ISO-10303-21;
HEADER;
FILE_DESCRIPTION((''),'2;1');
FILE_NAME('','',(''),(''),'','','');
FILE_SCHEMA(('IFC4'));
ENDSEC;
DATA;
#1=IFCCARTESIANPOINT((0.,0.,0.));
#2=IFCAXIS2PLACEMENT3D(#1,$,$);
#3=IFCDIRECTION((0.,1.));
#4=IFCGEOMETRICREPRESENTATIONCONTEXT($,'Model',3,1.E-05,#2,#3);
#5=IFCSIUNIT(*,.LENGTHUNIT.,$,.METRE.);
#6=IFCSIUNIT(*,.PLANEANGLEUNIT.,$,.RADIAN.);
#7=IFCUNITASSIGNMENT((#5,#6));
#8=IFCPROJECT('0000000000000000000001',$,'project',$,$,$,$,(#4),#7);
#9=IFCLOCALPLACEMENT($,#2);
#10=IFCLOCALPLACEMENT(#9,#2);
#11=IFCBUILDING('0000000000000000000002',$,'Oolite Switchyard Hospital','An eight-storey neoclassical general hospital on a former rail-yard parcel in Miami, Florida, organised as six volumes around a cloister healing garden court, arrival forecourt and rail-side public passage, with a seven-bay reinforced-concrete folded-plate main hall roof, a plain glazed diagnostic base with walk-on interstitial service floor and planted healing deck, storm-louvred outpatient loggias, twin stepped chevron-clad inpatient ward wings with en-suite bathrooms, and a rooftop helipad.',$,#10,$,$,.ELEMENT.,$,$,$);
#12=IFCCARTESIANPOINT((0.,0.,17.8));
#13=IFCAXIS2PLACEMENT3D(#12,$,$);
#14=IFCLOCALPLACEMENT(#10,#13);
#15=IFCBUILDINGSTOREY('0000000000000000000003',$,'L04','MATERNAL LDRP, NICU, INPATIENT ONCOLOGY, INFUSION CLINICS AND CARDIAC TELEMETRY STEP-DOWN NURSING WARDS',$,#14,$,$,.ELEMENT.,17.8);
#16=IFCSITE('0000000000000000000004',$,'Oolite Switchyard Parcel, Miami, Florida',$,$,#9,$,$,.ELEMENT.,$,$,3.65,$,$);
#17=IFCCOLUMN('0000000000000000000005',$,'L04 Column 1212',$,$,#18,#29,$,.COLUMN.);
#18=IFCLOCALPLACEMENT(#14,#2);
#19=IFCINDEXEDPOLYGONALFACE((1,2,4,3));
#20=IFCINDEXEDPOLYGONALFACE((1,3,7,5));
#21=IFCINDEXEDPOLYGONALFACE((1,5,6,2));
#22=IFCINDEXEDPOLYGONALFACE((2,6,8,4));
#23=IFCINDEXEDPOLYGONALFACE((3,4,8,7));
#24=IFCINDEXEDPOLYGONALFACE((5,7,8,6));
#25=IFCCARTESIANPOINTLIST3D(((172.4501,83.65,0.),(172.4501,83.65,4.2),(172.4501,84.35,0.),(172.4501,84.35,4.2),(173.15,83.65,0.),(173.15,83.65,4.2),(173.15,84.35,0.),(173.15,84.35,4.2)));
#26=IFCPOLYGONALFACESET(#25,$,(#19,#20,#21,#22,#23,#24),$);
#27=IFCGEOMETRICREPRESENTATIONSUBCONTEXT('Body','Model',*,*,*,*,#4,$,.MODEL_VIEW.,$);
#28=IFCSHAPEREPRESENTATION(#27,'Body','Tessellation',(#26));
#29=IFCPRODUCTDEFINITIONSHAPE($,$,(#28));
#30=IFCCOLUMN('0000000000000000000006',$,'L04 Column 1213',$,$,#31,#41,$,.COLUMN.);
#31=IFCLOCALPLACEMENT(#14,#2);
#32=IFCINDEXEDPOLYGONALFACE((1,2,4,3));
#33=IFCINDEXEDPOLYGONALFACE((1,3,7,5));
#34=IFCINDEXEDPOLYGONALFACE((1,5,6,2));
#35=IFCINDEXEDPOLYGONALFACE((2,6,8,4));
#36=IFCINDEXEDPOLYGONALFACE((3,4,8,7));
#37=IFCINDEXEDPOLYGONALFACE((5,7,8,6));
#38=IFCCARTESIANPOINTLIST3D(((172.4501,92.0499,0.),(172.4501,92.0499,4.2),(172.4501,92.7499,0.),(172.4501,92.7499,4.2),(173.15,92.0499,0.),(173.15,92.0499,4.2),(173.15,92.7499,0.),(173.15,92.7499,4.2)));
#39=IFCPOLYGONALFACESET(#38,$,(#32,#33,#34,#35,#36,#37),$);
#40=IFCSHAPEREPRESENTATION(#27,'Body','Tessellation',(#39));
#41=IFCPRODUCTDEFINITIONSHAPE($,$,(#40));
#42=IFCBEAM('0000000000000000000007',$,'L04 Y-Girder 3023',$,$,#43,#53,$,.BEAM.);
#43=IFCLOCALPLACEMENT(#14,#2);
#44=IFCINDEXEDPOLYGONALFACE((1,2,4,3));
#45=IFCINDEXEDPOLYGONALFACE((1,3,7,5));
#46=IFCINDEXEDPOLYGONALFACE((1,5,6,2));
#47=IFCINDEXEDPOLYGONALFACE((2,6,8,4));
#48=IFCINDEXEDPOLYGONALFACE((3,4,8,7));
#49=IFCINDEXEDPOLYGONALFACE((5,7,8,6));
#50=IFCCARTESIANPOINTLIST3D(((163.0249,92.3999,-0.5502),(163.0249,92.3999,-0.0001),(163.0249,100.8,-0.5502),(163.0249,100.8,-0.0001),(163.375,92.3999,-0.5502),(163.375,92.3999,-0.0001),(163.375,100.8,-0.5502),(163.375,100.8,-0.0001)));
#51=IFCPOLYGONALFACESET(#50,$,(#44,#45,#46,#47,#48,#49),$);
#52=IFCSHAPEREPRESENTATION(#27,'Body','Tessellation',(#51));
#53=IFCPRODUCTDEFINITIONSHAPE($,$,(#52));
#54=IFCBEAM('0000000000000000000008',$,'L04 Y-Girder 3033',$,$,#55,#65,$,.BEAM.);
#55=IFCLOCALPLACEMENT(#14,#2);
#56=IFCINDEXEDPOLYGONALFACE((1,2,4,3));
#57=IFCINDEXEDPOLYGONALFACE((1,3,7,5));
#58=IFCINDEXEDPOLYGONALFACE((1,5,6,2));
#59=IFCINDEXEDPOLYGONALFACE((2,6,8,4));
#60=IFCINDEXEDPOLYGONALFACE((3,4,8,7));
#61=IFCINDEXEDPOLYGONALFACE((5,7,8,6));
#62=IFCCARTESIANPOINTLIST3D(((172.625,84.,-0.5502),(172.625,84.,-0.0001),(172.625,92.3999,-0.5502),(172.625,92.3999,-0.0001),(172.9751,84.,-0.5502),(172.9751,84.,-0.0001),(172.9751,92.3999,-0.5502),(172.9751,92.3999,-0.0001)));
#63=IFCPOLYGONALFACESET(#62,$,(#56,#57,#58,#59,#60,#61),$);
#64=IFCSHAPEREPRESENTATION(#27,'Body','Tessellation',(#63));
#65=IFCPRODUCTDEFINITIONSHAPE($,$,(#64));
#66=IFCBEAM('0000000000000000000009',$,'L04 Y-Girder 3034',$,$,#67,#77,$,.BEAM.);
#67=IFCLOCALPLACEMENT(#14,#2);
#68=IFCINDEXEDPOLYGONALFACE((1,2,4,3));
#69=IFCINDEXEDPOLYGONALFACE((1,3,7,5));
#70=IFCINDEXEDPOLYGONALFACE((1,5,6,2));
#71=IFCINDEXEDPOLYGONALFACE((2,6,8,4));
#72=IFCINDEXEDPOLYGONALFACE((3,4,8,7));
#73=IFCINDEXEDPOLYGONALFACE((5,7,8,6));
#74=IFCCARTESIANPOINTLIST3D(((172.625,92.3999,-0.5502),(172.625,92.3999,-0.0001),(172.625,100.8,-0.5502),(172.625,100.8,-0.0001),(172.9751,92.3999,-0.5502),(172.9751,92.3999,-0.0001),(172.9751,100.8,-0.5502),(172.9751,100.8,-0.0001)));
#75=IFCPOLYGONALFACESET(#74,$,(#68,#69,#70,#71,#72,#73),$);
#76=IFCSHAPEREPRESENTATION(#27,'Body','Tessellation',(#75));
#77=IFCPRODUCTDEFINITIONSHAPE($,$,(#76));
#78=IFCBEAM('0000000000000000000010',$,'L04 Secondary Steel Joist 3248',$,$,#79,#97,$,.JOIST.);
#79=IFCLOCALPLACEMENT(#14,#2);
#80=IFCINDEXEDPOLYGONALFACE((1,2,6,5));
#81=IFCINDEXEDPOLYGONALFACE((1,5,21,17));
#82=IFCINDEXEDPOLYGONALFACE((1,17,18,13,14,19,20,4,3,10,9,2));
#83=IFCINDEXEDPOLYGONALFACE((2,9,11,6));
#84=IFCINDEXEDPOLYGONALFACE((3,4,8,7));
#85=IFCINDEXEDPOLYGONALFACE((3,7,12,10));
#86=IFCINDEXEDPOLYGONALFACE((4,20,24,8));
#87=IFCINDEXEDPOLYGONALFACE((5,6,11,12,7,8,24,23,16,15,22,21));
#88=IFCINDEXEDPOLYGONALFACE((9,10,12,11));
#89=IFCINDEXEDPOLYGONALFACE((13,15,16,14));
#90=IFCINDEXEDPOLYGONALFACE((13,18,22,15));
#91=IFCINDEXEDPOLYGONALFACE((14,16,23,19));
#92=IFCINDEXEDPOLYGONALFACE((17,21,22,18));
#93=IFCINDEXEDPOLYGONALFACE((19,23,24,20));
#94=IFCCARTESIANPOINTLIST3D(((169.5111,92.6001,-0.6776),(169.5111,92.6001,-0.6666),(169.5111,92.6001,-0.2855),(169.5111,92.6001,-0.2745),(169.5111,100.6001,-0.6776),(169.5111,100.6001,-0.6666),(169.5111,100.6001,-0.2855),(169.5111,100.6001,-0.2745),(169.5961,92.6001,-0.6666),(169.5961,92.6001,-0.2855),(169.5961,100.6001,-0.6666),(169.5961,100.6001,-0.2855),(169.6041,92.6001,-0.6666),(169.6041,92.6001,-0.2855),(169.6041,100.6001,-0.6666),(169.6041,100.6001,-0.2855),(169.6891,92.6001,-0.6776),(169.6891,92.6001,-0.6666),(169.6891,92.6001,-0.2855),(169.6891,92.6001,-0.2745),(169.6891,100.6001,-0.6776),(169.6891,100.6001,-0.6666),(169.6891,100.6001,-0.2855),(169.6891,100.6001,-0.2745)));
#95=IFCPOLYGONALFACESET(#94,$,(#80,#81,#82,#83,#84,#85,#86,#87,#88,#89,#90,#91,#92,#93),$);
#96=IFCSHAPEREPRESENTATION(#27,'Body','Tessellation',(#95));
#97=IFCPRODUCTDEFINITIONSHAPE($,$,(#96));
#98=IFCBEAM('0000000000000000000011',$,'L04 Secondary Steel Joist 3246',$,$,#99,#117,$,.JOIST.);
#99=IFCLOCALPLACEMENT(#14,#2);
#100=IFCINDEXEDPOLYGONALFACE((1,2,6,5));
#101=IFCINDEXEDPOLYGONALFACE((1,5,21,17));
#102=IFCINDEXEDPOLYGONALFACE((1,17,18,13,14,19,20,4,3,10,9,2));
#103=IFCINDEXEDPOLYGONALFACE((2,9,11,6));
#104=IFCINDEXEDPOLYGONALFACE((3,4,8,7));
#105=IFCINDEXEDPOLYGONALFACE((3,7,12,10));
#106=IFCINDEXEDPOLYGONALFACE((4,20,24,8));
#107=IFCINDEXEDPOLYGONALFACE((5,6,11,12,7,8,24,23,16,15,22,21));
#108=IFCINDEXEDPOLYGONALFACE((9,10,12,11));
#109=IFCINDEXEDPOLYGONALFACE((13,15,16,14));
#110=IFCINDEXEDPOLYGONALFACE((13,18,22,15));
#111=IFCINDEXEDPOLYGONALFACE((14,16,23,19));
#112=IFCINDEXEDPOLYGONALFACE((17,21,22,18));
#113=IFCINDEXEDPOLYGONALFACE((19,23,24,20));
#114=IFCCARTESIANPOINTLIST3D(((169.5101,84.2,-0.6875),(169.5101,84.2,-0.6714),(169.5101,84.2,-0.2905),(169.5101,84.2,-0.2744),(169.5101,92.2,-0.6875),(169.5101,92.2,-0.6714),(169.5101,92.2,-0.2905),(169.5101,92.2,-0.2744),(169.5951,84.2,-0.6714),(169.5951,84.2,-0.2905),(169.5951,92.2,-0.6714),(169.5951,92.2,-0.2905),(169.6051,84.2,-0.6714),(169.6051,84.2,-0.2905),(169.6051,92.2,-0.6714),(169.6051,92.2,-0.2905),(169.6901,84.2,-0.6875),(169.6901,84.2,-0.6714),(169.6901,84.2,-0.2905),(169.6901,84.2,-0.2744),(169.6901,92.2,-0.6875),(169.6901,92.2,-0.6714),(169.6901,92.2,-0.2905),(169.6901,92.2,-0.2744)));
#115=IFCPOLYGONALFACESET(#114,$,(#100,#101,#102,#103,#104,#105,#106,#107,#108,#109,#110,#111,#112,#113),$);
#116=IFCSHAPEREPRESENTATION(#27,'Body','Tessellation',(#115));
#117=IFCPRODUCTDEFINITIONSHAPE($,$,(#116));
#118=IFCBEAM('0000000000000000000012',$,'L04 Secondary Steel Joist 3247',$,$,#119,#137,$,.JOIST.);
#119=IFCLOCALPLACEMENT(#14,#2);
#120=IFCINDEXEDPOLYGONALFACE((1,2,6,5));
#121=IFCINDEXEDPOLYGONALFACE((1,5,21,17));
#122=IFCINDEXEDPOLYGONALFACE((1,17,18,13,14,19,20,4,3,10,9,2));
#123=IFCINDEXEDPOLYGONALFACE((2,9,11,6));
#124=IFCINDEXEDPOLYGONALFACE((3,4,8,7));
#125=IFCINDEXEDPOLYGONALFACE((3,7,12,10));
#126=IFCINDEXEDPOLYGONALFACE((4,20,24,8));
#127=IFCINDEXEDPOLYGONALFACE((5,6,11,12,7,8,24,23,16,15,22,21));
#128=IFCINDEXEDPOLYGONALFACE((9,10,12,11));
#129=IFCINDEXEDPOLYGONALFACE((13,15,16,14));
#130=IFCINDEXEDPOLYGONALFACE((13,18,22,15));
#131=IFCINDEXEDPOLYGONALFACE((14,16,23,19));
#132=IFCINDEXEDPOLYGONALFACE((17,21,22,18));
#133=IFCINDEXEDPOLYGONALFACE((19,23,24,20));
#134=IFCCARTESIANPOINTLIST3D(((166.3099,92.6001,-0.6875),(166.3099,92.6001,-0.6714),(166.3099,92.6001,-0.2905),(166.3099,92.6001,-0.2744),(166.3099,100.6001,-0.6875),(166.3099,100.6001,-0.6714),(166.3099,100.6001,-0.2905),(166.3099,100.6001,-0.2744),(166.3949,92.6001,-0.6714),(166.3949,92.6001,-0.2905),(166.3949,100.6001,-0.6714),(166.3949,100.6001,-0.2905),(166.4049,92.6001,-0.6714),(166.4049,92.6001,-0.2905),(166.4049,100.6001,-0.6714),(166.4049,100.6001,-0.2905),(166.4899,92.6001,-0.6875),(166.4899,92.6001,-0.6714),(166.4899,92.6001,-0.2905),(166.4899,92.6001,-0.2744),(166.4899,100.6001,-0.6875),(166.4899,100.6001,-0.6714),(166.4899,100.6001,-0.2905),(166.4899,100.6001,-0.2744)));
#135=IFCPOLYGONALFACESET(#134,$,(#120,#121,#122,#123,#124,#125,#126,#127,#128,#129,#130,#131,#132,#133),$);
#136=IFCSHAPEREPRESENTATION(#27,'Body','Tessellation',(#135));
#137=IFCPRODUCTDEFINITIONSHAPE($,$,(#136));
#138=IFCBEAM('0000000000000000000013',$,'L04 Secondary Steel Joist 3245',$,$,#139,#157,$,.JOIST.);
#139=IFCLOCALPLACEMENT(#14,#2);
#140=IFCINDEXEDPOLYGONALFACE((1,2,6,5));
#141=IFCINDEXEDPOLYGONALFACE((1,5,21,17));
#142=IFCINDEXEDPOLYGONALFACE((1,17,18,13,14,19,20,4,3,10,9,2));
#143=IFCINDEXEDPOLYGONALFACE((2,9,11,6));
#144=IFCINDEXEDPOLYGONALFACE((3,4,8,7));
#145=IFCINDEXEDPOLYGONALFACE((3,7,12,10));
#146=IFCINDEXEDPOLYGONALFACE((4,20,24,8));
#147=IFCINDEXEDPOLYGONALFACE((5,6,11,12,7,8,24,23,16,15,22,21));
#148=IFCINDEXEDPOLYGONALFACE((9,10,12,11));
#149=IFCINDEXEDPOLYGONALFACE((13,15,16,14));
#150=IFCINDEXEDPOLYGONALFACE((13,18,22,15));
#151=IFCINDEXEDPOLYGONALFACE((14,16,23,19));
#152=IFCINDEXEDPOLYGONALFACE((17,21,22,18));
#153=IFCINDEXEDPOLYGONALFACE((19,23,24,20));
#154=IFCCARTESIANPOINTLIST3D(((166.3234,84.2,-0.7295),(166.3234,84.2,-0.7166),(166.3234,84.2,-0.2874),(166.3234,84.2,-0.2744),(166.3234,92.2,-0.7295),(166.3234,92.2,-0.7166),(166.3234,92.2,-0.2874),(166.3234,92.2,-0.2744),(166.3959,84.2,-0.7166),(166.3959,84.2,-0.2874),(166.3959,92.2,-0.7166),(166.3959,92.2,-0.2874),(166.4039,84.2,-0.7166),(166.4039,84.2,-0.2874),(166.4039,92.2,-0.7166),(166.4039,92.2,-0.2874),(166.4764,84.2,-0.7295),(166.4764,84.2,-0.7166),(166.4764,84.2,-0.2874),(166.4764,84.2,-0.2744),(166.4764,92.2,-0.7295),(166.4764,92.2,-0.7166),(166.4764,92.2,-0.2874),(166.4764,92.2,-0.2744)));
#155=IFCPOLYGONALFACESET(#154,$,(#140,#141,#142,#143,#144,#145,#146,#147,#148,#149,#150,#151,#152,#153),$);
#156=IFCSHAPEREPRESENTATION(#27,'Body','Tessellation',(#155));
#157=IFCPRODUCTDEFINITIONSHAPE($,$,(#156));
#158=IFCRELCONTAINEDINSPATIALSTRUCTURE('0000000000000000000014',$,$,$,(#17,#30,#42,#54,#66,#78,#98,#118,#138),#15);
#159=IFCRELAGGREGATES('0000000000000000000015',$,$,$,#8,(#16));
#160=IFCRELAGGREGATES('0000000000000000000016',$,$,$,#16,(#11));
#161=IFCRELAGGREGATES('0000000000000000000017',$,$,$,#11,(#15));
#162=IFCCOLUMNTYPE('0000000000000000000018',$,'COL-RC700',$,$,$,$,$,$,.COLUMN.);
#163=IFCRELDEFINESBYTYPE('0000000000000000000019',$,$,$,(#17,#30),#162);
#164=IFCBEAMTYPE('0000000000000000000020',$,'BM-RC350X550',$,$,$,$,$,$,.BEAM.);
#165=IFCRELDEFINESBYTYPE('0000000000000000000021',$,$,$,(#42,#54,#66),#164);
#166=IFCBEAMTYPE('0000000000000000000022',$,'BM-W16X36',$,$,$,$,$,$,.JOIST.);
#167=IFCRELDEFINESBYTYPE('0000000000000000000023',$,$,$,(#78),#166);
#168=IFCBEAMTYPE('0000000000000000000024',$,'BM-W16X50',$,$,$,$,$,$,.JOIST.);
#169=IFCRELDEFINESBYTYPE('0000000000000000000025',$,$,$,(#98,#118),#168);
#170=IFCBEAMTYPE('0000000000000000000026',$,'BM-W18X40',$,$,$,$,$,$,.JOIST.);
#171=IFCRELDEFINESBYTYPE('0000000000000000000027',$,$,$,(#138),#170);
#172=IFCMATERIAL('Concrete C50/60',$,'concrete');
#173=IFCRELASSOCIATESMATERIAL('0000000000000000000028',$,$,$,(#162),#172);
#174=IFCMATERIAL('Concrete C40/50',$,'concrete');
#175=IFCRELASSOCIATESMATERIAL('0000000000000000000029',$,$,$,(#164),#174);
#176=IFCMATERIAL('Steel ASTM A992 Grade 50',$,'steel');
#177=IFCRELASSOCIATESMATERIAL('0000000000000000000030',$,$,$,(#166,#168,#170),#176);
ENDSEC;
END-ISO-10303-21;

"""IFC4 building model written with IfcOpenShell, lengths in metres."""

from ifc_helpers import new_model, si_unit, direction, frame, origin, origin_2d, place, context, subcontext, project, spatial, rectangle, i_section, extrude, material, material_profile, profile_set, type_object, element, save


model = new_model("IFC4")

# Units and contexts
model_context = context("Model", 3, precision=1e-05, world=origin(), true_north=direction((0.0, 1.0)))
body_context = subcontext(model_context, "Body", "Model", "MODEL_VIEW")
ifc_project = project(units=[si_unit("LENGTHUNIT", "METRE"), si_unit("PLANEANGLEUNIT", "RADIAN")], contexts=[model_context])

# Site, building, storey
site_placement = place(None, origin())
site = spatial("IfcSite", under=ifc_project, at=site_placement, Name="Oolite Switchyard Parcel, Miami, Florida", CompositionType="ELEMENT", RefElevation=3.65)
building_placement = place(site_placement, origin())
building = spatial("IfcBuilding", under=site, at=building_placement, Name="Oolite Switchyard Hospital", Description="An eight-storey neoclassical general hospital on a former rail-yard parcel in Miami, Florida, organised as six volumes around a cloister healing garden court, arrival forecourt and rail-side public passage, with a seven-bay reinforced-concrete folded-plate main hall roof, a plain glazed diagnostic base with walk-on interstitial service floor and planted healing deck, storm-louvred outpatient loggias, twin stepped chevron-clad inpatient ward wings with en-suite bathrooms, and a rooftop helipad.", CompositionType="ELEMENT")
storey_placement = place(building_placement, frame((0.0, 0.0, 17.8)))
storey = spatial("IfcBuildingStorey", under=building, at=storey_placement, Name="L04", Description="MATERNAL LDRP, NICU, INPATIENT ONCOLOGY, INFUSION CLINICS AND CARDIAC TELEMETRY STEP-DOWN NURSING WARDS", CompositionType="ELEMENT", Elevation=17.8)

# Columns
ifc_material_1 = material(Name="Concrete C50/60", Category="concrete")
ifc_material_profile_1 = material_profile(ifc_material_1, rectangle(XDim=0.7, YDim=0.7, at=origin_2d()), Name="RC700X700")
ifc_profile_set_1 = profile_set([ifc_material_profile_1], Name="Concrete C50/60")
column_type = type_object("IfcColumnType", Name="COL-RC700", PredefinedType="COLUMN", material=ifc_profile_set_1)
for number, where, z_axis, x_axis, name in (
    (1, (172.8, 84.0, 0.0), (0.0, 0.0, 1.0), (1.0, 0.0, 0.0), "L04 Column 1212"),
    (2, (172.8, 92.3999, 0.0), (0.0, 0.0, 1.0), (1.0, 0.0, 0.0), "L04 Column 1213"),
):
    element("IfcColumn", number, at=place(storey_placement, frame(where, z_axis=z_axis, x_axis=x_axis)), inside=storey, type_object=column_type, Name=name, PredefinedType="COLUMN", context=body_context, shape_type="SweptSolid", body=[
        extrude(rectangle(XDim=0.7, YDim=0.7, at=origin_2d()), origin(), (0.0, 0.0, 1.0), 4.2),
    ])

# Beams
ifc_material_2 = material(Name="Concrete C40/50", Category="concrete")
ifc_material_profile_2 = material_profile(ifc_material_2, rectangle(XDim=0.3501, YDim=0.55, at=origin_2d()), Name="RCB350X550")
ifc_profile_set_2 = profile_set([ifc_material_profile_2], Name="Concrete C40/50")
beam_type_1 = type_object("IfcBeamType", Name="BM-RC350X550", PredefinedType="BEAM", material=ifc_profile_set_2)
beam_1_placement = place(storey_placement, frame((163.2, 92.3999, -0.2751), z_axis=(0.0, 1.0, 0.0), x_axis=(-1.0, 0.0, 0.0)))
element("IfcBeam", 3, at=beam_1_placement, inside=storey, type_object=beam_type_1, Name="L04 Y-Girder 3023", PredefinedType="BEAM", context=body_context, shape_type="SweptSolid", body=[
    extrude(rectangle(XDim=0.3501, YDim=0.55, at=origin_2d()), origin(), (0.0, 0.0, 1.0), 8.4001),
])
beam_2_placement = place(storey_placement, frame((172.8, 84.0, -0.2751), z_axis=(0.0, 1.0, 0.0), x_axis=(-1.0, 0.0, 0.0)))
element("IfcBeam", 4, at=beam_2_placement, inside=storey, type_object=beam_type_1, Name="L04 Y-Girder 3033", PredefinedType="BEAM", context=body_context, shape_type="SweptSolid", body=[
    extrude(rectangle(XDim=0.3501, YDim=0.55, at=origin_2d()), origin(), (0.0, 0.0, 1.0), 8.3999),
])
beam_3_placement = place(storey_placement, frame((172.8, 92.3999, -0.2751), z_axis=(0.0, 1.0, 0.0), x_axis=(-1.0, 0.0, 0.0)))
element("IfcBeam", 5, at=beam_3_placement, inside=storey, type_object=beam_type_1, Name="L04 Y-Girder 3034", PredefinedType="BEAM", context=body_context, shape_type="SweptSolid", body=[
    extrude(rectangle(XDim=0.3501, YDim=0.55, at=origin_2d()), origin(), (0.0, 0.0, 1.0), 8.4001),
])
ifc_material_3 = material(Name="Steel ASTM A992 Grade 50", Category="steel")
ifc_material_profile_3 = material_profile(ifc_material_3, i_section(OverallWidth=0.178, OverallDepth=0.4031, WebThickness=0.0081, FlangeThickness=0.011, at=origin_2d()), Name="W16X36")
ifc_profile_set_3 = profile_set([ifc_material_profile_3], Name="Steel ASTM A992 Grade 50")
beam_type_2 = type_object("IfcBeamType", Name="BM-W16X36", PredefinedType="JOIST", material=ifc_profile_set_3)
beam_4_placement = place(storey_placement, frame((169.6001, 92.6001, -0.4761), z_axis=(0.0, 1.0, 0.0), x_axis=(-1.0, 0.0, 0.0)))
element("IfcBeam", 6, at=beam_4_placement, inside=storey, type_object=beam_type_2, Name="L04 Secondary Steel Joist 3248", PredefinedType="JOIST", context=body_context, shape_type="SweptSolid", body=[
    extrude(i_section(OverallWidth=0.178, OverallDepth=0.4031, WebThickness=0.0081, FlangeThickness=0.011, at=origin_2d()), origin(), (0.0, 0.0, 1.0), 8.0),
])
ifc_material_profile_4 = material_profile(ifc_material_3, i_section(OverallWidth=0.1799, OverallDepth=0.4131, WebThickness=0.01, FlangeThickness=0.0161, at=origin_2d()), Name="W16X50")
ifc_profile_set_4 = profile_set([ifc_material_profile_4], Name="Steel ASTM A992 Grade 50")
beam_type_3 = type_object("IfcBeamType", Name="BM-W16X50", PredefinedType="JOIST", material=ifc_profile_set_4)
for number, where, z_axis, x_axis, name in (
    (7, (169.6001, 84.2, -0.481), (0.0, 1.0, 0.0), (-1.0, 0.0, 0.0), "L04 Secondary Steel Joist 3246"),
    (8, (166.3999, 92.6001, -0.481), (0.0, 1.0, 0.0), (-1.0, 0.0, 0.0), "L04 Secondary Steel Joist 3247"),
):
    element("IfcBeam", number, at=place(storey_placement, frame(where, z_axis=z_axis, x_axis=x_axis)), inside=storey, type_object=beam_type_3, Name=name, PredefinedType="JOIST", context=body_context, shape_type="SweptSolid", body=[
        extrude(i_section(OverallWidth=0.1799, OverallDepth=0.4131, WebThickness=0.01, FlangeThickness=0.0161, at=origin_2d()), origin(), (0.0, 0.0, 1.0), 8.0),
    ])
ifc_material_profile_5 = material_profile(ifc_material_3, i_section(OverallWidth=0.1531, OverallDepth=0.4551, WebThickness=0.0081, FlangeThickness=0.0129, at=origin_2d()), Name="W18X40")
ifc_profile_set_5 = profile_set([ifc_material_profile_5], Name="Steel ASTM A992 Grade 50")
beam_type_4 = type_object("IfcBeamType", Name="BM-W18X40", PredefinedType="JOIST", material=ifc_profile_set_5)
beam_5_placement = place(storey_placement, frame((166.3999, 84.2, -0.502), z_axis=(0.0, 1.0, 0.0), x_axis=(-1.0, 0.0, 0.0)))
element("IfcBeam", 9, at=beam_5_placement, inside=storey, type_object=beam_type_4, Name="L04 Secondary Steel Joist 3245", PredefinedType="JOIST", context=body_context, shape_type="SweptSolid", body=[
    extrude(i_section(OverallWidth=0.1531, OverallDepth=0.4551, WebThickness=0.0081, FlangeThickness=0.0129, at=origin_2d()), origin(), (0.0, 0.0, 1.0), 8.0),
])

save(model, "model.ifc")
